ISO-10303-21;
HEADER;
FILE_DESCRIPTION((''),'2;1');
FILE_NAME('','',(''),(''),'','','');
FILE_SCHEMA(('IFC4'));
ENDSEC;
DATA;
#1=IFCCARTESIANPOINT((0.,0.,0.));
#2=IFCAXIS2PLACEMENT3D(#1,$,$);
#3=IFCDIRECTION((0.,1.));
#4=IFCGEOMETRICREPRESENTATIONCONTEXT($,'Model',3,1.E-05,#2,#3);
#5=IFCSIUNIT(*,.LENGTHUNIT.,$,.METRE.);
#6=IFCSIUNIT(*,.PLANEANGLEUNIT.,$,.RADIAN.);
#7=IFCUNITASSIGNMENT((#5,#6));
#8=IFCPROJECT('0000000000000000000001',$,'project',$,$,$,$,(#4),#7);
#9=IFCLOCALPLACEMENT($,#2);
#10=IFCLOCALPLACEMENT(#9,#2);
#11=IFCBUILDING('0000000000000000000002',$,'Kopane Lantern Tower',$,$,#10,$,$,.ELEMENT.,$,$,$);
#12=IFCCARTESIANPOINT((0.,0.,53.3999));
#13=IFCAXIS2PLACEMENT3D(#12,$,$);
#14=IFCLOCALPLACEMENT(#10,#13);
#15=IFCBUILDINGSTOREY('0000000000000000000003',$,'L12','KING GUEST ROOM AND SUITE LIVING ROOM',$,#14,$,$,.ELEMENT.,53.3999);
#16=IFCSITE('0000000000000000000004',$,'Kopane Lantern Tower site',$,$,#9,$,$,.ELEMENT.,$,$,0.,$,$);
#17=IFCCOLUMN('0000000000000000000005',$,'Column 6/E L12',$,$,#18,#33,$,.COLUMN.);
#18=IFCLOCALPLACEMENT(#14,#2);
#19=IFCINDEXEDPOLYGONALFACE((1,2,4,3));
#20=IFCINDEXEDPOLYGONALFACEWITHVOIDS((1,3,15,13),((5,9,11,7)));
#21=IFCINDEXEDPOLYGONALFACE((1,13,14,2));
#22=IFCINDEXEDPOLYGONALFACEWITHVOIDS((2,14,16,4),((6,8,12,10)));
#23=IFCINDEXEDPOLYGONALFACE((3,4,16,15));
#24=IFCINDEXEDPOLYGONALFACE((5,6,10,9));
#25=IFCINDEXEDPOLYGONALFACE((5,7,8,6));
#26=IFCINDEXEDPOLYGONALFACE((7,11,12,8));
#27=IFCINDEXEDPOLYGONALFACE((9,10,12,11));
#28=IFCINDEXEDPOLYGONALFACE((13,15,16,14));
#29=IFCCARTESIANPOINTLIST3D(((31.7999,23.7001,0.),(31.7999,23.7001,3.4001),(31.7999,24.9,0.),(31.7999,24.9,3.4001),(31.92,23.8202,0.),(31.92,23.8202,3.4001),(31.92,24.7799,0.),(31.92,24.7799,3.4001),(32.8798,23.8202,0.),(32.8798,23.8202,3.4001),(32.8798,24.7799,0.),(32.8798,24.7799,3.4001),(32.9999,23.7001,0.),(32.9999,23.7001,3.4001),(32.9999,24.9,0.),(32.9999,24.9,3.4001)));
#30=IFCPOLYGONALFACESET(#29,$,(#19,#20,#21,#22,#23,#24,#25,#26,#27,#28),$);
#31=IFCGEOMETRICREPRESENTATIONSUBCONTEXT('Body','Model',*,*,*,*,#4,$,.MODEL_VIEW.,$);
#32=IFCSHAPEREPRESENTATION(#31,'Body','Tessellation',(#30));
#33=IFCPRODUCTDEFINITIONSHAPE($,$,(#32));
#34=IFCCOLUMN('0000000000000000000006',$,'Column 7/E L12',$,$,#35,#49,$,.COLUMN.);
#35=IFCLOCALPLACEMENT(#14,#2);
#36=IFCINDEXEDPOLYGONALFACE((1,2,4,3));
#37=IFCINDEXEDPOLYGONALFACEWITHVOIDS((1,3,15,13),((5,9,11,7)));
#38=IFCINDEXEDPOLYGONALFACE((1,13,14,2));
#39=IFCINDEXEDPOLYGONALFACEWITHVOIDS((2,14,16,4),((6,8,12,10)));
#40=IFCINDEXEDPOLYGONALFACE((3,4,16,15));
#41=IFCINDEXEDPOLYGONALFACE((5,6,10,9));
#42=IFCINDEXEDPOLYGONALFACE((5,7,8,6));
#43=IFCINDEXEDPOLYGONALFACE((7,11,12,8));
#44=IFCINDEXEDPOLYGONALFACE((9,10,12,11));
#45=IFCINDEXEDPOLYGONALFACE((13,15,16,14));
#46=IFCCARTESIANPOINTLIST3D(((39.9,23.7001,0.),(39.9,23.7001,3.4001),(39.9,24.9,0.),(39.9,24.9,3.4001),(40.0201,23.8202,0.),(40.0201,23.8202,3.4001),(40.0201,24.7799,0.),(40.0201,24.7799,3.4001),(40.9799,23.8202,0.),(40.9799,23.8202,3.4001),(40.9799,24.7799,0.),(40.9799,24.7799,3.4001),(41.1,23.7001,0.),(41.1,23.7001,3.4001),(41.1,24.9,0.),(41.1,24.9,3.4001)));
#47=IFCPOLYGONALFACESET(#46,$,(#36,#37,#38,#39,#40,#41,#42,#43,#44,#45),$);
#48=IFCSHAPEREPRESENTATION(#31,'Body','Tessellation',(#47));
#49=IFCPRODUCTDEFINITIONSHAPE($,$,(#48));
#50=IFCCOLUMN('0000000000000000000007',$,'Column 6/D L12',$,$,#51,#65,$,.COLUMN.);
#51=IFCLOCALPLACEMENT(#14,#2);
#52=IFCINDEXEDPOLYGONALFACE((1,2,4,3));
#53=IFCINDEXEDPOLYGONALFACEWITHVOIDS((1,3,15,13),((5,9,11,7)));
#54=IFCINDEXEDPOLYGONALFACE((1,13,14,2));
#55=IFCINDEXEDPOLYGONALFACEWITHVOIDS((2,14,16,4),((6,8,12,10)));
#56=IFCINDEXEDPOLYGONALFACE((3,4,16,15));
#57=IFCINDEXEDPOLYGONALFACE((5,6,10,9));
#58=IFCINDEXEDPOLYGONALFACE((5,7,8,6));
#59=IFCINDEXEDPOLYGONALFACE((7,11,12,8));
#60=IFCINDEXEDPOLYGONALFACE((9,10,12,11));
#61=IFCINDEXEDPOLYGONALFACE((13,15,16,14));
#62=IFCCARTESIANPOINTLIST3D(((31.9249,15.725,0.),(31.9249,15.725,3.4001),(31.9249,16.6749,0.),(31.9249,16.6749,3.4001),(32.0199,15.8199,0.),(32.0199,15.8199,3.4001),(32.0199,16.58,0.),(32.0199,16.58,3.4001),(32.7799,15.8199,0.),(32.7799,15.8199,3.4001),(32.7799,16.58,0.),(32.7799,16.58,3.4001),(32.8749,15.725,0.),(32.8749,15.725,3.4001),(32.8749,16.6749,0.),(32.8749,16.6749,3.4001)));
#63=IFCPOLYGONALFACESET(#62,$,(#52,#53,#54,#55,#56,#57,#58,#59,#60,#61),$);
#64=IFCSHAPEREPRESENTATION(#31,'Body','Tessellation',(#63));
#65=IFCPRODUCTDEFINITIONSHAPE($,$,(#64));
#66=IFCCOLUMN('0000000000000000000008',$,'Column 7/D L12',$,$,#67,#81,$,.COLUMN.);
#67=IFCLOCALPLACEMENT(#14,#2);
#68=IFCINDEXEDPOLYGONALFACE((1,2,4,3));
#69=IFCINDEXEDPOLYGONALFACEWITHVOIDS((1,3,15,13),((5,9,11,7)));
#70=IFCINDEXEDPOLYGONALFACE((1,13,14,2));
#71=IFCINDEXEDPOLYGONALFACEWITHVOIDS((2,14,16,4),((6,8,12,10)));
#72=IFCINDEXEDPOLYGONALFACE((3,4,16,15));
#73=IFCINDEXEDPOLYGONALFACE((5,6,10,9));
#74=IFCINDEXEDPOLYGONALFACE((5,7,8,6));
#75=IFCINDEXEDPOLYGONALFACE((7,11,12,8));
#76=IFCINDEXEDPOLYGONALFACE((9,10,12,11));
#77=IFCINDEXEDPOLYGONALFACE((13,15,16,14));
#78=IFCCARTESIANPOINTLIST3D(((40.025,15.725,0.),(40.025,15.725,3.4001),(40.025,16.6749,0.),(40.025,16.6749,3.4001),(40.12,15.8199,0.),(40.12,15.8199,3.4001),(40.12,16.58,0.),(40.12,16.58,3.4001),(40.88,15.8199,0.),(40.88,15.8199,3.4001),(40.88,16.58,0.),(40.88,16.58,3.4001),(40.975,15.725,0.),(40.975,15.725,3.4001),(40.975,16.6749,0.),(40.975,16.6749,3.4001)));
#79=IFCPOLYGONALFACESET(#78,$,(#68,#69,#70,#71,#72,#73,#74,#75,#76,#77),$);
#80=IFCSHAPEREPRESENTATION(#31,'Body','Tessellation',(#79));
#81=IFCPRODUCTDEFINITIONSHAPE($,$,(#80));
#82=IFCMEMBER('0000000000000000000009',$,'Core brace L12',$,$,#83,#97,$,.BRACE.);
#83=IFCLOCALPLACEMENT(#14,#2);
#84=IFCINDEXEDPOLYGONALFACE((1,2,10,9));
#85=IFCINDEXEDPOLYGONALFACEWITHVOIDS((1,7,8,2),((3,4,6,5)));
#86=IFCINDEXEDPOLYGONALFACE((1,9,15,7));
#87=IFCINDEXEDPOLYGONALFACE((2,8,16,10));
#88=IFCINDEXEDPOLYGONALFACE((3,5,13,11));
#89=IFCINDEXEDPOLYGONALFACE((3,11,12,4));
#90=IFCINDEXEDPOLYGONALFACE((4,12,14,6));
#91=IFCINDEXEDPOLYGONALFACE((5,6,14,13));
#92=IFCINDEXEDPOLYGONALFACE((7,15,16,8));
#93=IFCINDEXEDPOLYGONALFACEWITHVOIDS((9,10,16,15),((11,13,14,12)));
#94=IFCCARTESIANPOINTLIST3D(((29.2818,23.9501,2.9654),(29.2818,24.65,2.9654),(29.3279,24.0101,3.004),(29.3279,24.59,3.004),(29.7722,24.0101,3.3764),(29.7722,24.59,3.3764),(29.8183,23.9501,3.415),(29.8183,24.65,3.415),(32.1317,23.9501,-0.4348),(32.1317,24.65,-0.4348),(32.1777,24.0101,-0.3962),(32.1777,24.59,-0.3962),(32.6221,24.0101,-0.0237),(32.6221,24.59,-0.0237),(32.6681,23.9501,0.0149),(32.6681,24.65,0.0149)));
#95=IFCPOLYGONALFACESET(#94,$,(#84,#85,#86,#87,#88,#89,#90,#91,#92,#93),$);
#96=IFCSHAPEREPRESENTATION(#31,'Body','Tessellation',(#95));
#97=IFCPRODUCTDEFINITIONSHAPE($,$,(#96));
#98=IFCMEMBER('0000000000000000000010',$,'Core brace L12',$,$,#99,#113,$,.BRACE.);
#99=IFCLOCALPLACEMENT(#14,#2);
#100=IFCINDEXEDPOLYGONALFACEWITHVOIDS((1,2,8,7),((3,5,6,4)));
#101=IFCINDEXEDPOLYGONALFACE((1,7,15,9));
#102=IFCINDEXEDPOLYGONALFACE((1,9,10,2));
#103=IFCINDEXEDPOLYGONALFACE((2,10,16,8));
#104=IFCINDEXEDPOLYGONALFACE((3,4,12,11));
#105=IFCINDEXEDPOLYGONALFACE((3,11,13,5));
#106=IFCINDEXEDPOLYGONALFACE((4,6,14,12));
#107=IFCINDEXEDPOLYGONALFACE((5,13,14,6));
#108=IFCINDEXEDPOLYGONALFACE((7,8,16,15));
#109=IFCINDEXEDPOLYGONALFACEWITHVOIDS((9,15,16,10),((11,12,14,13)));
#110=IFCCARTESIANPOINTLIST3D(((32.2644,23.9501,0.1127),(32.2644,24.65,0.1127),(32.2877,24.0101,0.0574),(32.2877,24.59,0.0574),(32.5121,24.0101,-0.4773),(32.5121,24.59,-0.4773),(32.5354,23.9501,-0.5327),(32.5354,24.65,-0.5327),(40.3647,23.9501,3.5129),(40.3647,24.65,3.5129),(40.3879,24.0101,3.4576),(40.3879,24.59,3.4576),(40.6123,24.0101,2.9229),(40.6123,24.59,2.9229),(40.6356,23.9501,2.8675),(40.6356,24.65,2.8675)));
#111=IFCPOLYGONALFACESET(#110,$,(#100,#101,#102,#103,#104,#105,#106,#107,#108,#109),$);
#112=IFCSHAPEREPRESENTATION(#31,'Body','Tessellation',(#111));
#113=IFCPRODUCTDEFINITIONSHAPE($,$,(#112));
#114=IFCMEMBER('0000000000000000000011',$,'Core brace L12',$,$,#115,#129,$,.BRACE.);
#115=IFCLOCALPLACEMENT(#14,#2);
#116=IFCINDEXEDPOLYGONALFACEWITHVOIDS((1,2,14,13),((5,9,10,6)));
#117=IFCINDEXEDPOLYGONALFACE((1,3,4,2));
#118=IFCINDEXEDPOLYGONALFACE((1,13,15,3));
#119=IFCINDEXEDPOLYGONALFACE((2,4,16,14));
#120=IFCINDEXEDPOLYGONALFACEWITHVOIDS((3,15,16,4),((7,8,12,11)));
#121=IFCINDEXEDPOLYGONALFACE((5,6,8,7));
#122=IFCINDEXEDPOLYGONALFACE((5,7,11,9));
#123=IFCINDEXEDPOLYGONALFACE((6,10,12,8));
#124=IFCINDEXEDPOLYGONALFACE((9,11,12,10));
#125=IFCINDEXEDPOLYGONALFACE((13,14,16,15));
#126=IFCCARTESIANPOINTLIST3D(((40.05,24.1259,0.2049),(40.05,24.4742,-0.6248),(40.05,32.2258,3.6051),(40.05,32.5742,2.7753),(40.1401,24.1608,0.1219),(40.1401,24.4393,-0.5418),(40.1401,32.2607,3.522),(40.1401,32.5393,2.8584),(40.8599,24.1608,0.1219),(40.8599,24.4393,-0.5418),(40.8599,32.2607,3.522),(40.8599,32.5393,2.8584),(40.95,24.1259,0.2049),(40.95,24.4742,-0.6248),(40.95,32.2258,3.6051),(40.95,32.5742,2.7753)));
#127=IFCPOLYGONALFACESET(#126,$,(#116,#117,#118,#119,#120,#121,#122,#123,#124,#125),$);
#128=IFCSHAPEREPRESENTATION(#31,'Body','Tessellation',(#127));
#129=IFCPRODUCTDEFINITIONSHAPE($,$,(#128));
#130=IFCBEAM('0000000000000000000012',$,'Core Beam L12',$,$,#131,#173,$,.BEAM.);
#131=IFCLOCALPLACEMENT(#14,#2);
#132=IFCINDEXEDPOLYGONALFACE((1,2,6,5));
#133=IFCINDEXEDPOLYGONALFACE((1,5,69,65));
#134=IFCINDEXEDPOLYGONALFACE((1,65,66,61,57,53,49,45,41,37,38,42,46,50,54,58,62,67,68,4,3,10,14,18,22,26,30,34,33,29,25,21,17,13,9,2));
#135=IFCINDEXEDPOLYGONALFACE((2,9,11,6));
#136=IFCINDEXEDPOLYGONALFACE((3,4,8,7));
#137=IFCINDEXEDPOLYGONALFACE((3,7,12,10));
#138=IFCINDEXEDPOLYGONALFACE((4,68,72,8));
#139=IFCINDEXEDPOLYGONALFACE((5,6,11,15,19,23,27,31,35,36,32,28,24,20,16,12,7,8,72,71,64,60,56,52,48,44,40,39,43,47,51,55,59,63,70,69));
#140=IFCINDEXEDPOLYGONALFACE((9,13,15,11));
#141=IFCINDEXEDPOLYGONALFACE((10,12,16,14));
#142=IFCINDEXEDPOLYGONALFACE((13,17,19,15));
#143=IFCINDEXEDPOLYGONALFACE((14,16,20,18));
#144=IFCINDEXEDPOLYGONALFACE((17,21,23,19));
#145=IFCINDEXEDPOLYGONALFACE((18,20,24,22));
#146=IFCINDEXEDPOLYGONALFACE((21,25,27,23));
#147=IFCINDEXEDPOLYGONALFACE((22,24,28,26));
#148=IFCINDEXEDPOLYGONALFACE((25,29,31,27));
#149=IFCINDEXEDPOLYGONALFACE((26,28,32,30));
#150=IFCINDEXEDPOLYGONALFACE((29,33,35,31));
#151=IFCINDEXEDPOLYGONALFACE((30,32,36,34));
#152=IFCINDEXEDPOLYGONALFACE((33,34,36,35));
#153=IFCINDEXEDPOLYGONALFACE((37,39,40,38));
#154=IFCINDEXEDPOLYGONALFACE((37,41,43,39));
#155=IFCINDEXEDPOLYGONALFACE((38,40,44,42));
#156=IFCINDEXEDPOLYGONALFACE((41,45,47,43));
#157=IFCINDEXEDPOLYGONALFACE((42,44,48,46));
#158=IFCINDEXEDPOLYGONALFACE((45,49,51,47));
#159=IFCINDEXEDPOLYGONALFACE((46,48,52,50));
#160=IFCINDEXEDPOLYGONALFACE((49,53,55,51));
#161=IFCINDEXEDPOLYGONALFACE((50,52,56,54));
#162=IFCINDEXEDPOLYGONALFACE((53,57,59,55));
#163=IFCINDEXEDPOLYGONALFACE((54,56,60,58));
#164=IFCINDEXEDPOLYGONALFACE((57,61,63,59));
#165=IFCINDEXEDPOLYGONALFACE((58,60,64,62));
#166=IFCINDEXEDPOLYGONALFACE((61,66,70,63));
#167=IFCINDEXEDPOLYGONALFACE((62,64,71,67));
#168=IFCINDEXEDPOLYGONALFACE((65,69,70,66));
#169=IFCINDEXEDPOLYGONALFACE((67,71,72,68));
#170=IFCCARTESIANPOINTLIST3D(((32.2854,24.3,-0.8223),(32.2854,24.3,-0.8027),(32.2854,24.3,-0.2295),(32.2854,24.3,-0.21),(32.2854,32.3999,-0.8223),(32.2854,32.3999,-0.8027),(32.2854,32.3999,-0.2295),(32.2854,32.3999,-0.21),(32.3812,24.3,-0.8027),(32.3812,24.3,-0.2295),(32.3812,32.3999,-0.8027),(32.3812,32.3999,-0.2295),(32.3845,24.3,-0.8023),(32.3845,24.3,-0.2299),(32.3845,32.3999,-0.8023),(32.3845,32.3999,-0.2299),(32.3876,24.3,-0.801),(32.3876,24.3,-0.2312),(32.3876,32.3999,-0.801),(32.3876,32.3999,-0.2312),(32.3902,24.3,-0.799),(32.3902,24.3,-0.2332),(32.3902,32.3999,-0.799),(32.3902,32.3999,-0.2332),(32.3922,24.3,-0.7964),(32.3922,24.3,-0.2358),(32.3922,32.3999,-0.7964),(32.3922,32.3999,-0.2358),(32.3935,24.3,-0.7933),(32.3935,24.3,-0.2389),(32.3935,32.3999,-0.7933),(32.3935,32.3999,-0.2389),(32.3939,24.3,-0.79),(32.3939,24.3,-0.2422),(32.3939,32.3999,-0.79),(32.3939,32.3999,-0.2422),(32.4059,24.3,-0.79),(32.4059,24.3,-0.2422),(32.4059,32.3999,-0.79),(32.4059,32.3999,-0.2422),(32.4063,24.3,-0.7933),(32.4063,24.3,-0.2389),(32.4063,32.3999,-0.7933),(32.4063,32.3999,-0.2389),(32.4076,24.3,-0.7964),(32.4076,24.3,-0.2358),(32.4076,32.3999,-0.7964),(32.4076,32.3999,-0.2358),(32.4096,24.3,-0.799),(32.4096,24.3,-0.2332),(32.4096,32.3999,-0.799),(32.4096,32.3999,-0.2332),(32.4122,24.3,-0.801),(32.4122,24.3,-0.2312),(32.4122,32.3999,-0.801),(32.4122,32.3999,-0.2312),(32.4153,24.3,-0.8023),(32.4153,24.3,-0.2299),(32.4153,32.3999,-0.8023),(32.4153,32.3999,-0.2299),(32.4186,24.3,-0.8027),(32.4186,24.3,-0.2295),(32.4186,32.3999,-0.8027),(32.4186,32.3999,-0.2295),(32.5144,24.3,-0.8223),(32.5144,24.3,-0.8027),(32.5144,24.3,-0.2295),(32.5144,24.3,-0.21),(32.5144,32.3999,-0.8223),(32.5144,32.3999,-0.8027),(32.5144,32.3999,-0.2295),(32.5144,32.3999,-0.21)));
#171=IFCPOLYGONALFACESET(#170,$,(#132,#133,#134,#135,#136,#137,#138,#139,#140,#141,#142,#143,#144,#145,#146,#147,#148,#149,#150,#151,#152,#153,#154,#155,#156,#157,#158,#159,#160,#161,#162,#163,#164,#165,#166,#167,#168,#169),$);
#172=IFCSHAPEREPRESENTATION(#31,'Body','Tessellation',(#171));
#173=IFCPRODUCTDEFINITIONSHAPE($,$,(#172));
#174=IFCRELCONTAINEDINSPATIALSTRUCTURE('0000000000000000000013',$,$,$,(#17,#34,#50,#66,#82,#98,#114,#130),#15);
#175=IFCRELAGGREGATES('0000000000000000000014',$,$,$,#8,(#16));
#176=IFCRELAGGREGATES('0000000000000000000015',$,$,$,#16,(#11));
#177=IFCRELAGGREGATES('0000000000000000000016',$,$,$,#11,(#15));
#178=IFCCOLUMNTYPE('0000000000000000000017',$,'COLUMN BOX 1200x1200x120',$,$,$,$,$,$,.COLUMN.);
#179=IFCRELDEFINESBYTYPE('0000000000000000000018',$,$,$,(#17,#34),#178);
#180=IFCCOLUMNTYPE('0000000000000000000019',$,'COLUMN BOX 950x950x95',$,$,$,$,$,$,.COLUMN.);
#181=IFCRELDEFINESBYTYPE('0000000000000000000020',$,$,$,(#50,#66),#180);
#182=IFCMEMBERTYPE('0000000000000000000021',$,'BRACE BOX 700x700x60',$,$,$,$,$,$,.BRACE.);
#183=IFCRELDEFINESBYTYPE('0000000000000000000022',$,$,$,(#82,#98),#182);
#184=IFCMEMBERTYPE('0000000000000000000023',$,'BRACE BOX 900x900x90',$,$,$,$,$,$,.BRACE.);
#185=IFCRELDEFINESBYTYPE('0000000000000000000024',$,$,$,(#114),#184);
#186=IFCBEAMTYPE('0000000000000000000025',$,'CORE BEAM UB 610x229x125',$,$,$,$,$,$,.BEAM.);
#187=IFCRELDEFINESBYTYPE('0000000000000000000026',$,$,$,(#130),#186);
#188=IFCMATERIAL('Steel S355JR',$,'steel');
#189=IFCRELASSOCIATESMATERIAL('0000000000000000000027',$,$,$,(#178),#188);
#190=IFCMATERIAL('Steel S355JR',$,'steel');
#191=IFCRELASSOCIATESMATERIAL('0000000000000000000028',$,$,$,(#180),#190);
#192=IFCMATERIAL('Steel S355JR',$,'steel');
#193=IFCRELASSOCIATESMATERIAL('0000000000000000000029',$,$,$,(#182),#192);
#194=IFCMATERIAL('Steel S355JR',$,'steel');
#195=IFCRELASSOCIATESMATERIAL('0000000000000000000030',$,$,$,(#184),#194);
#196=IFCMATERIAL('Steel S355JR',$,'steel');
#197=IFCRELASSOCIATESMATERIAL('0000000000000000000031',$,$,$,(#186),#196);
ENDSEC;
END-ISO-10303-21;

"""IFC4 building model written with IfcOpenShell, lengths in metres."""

from ifc_helpers import new_model, si_unit, direction, frame, origin, origin_2d, place, context, subcontext, project, spatial, hollow_rectangle, i_section, extrude, material, material_profile, profile_set, type_object, element, save


model = new_model("IFC4")

# Units and contexts
model_context = context("Model", 3, precision=1e-05, world=origin(), true_north=direction((0.0, 1.0)))
body_context = subcontext(model_context, "Body", "Model", "MODEL_VIEW")
ifc_project = project(units=[si_unit("LENGTHUNIT", "METRE"), si_unit("PLANEANGLEUNIT", "RADIAN")], contexts=[model_context])

# Site, building, storey
site_placement = place(None, origin())
site = spatial("IfcSite", under=ifc_project, at=site_placement, Name="Kopane Lantern Tower site", CompositionType="ELEMENT", RefElevation=0.0)
building_placement = place(site_placement, origin())
building = spatial("IfcBuilding", under=site, at=building_placement, Name="Kopane Lantern Tower", CompositionType="ELEMENT")
storey_placement = place(building_placement, frame((0.0, 0.0, 53.3999)))
storey = spatial("IfcBuildingStorey", under=building, at=storey_placement, Name="L12", Description="KING GUEST ROOM AND SUITE LIVING ROOM", CompositionType="ELEMENT", Elevation=53.3999)

# Columns
ifc_material_1 = material(Name="Steel S355JR", Category="steel")
ifc_material_profile_1 = material_profile(ifc_material_1, hollow_rectangle(XDim=1.2, YDim=1.2, WallThickness=0.1201, at=origin_2d()), Name="BOX 1200x1200x120")
ifc_profile_set_1 = profile_set([ifc_material_profile_1], Name="Steel S355JR")
column_type_1 = type_object("IfcColumnType", Name="COLUMN BOX 1200x1200x120", PredefinedType="COLUMN", material=ifc_profile_set_1)
for number, where, z_axis, x_axis, name in (
    (1, (32.3999, 24.3, 0.0), (0.0, 0.0, 1.0), (1.0, 0.0, 0.0), "Column 6/E L12"),
    (2, (40.5, 24.3, 0.0), (0.0, 0.0, 1.0), (1.0, 0.0, 0.0), "Column 7/E L12"),
):
    element("IfcColumn", number, at=place(storey_placement, frame(where, z_axis=z_axis, x_axis=x_axis)), inside=storey, type_object=column_type_1, Name=name, PredefinedType="COLUMN", context=body_context, shape_type="SweptSolid", body=[
        extrude(hollow_rectangle(XDim=1.2, YDim=1.2, WallThickness=0.1201, at=origin_2d()), origin(), (0.0, 0.0, 1.0), 3.4001),
    ])
ifc_material_2 = material(Name="Steel S355JR", Category="steel")
ifc_material_profile_2 = material_profile(ifc_material_2, hollow_rectangle(XDim=0.95, YDim=0.95, WallThickness=0.095, at=origin_2d()), Name="BOX 950x950x95")
ifc_profile_set_2 = profile_set([ifc_material_profile_2], Name="Steel S355JR")
column_type_2 = type_object("IfcColumnType", Name="COLUMN BOX 950x950x95", PredefinedType="COLUMN", material=ifc_profile_set_2)
for number, where, z_axis, x_axis, name in (
    (3, (32.3999, 16.2, 0.0), (0.0, 0.0, 1.0), (1.0, 0.0, 0.0), "Column 6/D L12"),
    (4, (40.5, 16.2, 0.0), (0.0, 0.0, 1.0), (1.0, 0.0, 0.0), "Column 7/D L12"),
):
    element("IfcColumn", number, at=place(storey_placement, frame(where, z_axis=z_axis, x_axis=x_axis)), inside=storey, type_object=column_type_2, Name=name, PredefinedType="COLUMN", context=body_context, shape_type="SweptSolid", body=[
        extrude(hollow_rectangle(XDim=0.95, YDim=0.95, WallThickness=0.095, at=origin_2d()), origin(), (0.0, 0.0, 1.0), 3.4001),
    ])

# Members
ifc_material_3 = material(Name="Steel S355JR", Category="steel")
ifc_material_profile_3 = material_profile(ifc_material_3, hollow_rectangle(XDim=0.7, YDim=0.7, WallThickness=0.0601, at=origin_2d()), Name="BOX 700x700x60")
ifc_profile_set_3 = profile_set([ifc_material_profile_3], Name="Steel S355JR")
member_type_1 = type_object("IfcMemberType", Name="BRACE BOX 700x700x60", PredefinedType="BRACE", material=ifc_profile_set_3)
member_1_placement = place(storey_placement, frame((32.3999, 24.3, -0.21), z_axis=(-0.642363, 0.0, 0.7664), x_axis=(0.0, -1.0, 0.0)))
element("IfcMember", 5, at=member_1_placement, inside=storey, type_object=member_type_1, Name="Core brace L12", PredefinedType="BRACE", context=body_context, shape_type="SweptSolid", body=[
    extrude(hollow_rectangle(XDim=0.7, YDim=0.7, WallThickness=0.0601, at=origin_2d()), origin(), (0.0, 0.0, 1.0), 4.4365),
])
member_2_placement = place(storey_placement, frame((32.3999, 24.3, -0.21), z_axis=(0.922059, 0.0, 0.387049), x_axis=(0.0, 1.0, 0.0)))
element("IfcMember", 6, at=member_2_placement, inside=storey, type_object=member_type_1, Name="Core brace L12", PredefinedType="BRACE", context=body_context, shape_type="SweptSolid", body=[
    extrude(hollow_rectangle(XDim=0.7, YDim=0.7, WallThickness=0.0601, at=origin_2d()), origin(), (0.0, 0.0, 1.0), 8.7849),
])
ifc_material_4 = material(Name="Steel S355JR", Category="steel")
ifc_material_profile_4 = material_profile(ifc_material_4, hollow_rectangle(XDim=0.8999, YDim=0.8999, WallThickness=0.0901, at=origin_2d()), Name="BOX 900x900x90")
ifc_profile_set_4 = profile_set([ifc_material_profile_4], Name="Steel S355JR")
member_type_2 = type_object("IfcMemberType", Name="BRACE BOX 900x900x90", PredefinedType="BRACE", material=ifc_profile_set_4)
member_3_placement = place(storey_placement, frame((40.5, 24.3, -0.21), z_axis=(0.0, 0.922055, 0.387059), x_axis=(-1.0, 0.0, 0.0)))
element("IfcMember", 7, at=member_3_placement, inside=storey, type_object=member_type_2, Name="Core brace L12", PredefinedType="BRACE", context=body_context, shape_type="SweptSolid", body=[
    extrude(hollow_rectangle(XDim=0.8999, YDim=0.8999, WallThickness=0.0901, at=origin_2d()), origin(), (0.0, 0.0, 1.0), 8.7847),
])

# Beam
ifc_material_5 = material(Name="Steel S355JR", Category="steel")
ifc_material_profile_5 = material_profile(ifc_material_5, i_section(OverallWidth=0.229, OverallDepth=0.6123, WebThickness=0.012, FlangeThickness=0.0195, FilletRadius=0.0127, at=origin_2d()), Name="UB 610x229x125")
ifc_profile_set_5 = profile_set([ifc_material_profile_5], Name="Steel S355JR")
beam_type_1 = type_object("IfcBeamType", Name="CORE BEAM UB 610x229x125", PredefinedType="BEAM", material=ifc_profile_set_5)
beam_1_placement = place(storey_placement, frame((32.3999, 24.3, -0.5161), z_axis=(0.0, 1.0, 0.0), x_axis=(-1.0, 0.0, 0.0)))
element("IfcBeam", 8, at=beam_1_placement, inside=storey, type_object=beam_type_1, Name="Core Beam L12", PredefinedType="BEAM", context=body_context, shape_type="SweptSolid", body=[
    extrude(i_section(OverallWidth=0.229, OverallDepth=0.6123, WebThickness=0.012, FlangeThickness=0.0195, FilletRadius=0.0127, at=origin_2d()), origin(), (0.0, 0.0, 1.0), 8.0999),
])

save(model, "model.ifc")
